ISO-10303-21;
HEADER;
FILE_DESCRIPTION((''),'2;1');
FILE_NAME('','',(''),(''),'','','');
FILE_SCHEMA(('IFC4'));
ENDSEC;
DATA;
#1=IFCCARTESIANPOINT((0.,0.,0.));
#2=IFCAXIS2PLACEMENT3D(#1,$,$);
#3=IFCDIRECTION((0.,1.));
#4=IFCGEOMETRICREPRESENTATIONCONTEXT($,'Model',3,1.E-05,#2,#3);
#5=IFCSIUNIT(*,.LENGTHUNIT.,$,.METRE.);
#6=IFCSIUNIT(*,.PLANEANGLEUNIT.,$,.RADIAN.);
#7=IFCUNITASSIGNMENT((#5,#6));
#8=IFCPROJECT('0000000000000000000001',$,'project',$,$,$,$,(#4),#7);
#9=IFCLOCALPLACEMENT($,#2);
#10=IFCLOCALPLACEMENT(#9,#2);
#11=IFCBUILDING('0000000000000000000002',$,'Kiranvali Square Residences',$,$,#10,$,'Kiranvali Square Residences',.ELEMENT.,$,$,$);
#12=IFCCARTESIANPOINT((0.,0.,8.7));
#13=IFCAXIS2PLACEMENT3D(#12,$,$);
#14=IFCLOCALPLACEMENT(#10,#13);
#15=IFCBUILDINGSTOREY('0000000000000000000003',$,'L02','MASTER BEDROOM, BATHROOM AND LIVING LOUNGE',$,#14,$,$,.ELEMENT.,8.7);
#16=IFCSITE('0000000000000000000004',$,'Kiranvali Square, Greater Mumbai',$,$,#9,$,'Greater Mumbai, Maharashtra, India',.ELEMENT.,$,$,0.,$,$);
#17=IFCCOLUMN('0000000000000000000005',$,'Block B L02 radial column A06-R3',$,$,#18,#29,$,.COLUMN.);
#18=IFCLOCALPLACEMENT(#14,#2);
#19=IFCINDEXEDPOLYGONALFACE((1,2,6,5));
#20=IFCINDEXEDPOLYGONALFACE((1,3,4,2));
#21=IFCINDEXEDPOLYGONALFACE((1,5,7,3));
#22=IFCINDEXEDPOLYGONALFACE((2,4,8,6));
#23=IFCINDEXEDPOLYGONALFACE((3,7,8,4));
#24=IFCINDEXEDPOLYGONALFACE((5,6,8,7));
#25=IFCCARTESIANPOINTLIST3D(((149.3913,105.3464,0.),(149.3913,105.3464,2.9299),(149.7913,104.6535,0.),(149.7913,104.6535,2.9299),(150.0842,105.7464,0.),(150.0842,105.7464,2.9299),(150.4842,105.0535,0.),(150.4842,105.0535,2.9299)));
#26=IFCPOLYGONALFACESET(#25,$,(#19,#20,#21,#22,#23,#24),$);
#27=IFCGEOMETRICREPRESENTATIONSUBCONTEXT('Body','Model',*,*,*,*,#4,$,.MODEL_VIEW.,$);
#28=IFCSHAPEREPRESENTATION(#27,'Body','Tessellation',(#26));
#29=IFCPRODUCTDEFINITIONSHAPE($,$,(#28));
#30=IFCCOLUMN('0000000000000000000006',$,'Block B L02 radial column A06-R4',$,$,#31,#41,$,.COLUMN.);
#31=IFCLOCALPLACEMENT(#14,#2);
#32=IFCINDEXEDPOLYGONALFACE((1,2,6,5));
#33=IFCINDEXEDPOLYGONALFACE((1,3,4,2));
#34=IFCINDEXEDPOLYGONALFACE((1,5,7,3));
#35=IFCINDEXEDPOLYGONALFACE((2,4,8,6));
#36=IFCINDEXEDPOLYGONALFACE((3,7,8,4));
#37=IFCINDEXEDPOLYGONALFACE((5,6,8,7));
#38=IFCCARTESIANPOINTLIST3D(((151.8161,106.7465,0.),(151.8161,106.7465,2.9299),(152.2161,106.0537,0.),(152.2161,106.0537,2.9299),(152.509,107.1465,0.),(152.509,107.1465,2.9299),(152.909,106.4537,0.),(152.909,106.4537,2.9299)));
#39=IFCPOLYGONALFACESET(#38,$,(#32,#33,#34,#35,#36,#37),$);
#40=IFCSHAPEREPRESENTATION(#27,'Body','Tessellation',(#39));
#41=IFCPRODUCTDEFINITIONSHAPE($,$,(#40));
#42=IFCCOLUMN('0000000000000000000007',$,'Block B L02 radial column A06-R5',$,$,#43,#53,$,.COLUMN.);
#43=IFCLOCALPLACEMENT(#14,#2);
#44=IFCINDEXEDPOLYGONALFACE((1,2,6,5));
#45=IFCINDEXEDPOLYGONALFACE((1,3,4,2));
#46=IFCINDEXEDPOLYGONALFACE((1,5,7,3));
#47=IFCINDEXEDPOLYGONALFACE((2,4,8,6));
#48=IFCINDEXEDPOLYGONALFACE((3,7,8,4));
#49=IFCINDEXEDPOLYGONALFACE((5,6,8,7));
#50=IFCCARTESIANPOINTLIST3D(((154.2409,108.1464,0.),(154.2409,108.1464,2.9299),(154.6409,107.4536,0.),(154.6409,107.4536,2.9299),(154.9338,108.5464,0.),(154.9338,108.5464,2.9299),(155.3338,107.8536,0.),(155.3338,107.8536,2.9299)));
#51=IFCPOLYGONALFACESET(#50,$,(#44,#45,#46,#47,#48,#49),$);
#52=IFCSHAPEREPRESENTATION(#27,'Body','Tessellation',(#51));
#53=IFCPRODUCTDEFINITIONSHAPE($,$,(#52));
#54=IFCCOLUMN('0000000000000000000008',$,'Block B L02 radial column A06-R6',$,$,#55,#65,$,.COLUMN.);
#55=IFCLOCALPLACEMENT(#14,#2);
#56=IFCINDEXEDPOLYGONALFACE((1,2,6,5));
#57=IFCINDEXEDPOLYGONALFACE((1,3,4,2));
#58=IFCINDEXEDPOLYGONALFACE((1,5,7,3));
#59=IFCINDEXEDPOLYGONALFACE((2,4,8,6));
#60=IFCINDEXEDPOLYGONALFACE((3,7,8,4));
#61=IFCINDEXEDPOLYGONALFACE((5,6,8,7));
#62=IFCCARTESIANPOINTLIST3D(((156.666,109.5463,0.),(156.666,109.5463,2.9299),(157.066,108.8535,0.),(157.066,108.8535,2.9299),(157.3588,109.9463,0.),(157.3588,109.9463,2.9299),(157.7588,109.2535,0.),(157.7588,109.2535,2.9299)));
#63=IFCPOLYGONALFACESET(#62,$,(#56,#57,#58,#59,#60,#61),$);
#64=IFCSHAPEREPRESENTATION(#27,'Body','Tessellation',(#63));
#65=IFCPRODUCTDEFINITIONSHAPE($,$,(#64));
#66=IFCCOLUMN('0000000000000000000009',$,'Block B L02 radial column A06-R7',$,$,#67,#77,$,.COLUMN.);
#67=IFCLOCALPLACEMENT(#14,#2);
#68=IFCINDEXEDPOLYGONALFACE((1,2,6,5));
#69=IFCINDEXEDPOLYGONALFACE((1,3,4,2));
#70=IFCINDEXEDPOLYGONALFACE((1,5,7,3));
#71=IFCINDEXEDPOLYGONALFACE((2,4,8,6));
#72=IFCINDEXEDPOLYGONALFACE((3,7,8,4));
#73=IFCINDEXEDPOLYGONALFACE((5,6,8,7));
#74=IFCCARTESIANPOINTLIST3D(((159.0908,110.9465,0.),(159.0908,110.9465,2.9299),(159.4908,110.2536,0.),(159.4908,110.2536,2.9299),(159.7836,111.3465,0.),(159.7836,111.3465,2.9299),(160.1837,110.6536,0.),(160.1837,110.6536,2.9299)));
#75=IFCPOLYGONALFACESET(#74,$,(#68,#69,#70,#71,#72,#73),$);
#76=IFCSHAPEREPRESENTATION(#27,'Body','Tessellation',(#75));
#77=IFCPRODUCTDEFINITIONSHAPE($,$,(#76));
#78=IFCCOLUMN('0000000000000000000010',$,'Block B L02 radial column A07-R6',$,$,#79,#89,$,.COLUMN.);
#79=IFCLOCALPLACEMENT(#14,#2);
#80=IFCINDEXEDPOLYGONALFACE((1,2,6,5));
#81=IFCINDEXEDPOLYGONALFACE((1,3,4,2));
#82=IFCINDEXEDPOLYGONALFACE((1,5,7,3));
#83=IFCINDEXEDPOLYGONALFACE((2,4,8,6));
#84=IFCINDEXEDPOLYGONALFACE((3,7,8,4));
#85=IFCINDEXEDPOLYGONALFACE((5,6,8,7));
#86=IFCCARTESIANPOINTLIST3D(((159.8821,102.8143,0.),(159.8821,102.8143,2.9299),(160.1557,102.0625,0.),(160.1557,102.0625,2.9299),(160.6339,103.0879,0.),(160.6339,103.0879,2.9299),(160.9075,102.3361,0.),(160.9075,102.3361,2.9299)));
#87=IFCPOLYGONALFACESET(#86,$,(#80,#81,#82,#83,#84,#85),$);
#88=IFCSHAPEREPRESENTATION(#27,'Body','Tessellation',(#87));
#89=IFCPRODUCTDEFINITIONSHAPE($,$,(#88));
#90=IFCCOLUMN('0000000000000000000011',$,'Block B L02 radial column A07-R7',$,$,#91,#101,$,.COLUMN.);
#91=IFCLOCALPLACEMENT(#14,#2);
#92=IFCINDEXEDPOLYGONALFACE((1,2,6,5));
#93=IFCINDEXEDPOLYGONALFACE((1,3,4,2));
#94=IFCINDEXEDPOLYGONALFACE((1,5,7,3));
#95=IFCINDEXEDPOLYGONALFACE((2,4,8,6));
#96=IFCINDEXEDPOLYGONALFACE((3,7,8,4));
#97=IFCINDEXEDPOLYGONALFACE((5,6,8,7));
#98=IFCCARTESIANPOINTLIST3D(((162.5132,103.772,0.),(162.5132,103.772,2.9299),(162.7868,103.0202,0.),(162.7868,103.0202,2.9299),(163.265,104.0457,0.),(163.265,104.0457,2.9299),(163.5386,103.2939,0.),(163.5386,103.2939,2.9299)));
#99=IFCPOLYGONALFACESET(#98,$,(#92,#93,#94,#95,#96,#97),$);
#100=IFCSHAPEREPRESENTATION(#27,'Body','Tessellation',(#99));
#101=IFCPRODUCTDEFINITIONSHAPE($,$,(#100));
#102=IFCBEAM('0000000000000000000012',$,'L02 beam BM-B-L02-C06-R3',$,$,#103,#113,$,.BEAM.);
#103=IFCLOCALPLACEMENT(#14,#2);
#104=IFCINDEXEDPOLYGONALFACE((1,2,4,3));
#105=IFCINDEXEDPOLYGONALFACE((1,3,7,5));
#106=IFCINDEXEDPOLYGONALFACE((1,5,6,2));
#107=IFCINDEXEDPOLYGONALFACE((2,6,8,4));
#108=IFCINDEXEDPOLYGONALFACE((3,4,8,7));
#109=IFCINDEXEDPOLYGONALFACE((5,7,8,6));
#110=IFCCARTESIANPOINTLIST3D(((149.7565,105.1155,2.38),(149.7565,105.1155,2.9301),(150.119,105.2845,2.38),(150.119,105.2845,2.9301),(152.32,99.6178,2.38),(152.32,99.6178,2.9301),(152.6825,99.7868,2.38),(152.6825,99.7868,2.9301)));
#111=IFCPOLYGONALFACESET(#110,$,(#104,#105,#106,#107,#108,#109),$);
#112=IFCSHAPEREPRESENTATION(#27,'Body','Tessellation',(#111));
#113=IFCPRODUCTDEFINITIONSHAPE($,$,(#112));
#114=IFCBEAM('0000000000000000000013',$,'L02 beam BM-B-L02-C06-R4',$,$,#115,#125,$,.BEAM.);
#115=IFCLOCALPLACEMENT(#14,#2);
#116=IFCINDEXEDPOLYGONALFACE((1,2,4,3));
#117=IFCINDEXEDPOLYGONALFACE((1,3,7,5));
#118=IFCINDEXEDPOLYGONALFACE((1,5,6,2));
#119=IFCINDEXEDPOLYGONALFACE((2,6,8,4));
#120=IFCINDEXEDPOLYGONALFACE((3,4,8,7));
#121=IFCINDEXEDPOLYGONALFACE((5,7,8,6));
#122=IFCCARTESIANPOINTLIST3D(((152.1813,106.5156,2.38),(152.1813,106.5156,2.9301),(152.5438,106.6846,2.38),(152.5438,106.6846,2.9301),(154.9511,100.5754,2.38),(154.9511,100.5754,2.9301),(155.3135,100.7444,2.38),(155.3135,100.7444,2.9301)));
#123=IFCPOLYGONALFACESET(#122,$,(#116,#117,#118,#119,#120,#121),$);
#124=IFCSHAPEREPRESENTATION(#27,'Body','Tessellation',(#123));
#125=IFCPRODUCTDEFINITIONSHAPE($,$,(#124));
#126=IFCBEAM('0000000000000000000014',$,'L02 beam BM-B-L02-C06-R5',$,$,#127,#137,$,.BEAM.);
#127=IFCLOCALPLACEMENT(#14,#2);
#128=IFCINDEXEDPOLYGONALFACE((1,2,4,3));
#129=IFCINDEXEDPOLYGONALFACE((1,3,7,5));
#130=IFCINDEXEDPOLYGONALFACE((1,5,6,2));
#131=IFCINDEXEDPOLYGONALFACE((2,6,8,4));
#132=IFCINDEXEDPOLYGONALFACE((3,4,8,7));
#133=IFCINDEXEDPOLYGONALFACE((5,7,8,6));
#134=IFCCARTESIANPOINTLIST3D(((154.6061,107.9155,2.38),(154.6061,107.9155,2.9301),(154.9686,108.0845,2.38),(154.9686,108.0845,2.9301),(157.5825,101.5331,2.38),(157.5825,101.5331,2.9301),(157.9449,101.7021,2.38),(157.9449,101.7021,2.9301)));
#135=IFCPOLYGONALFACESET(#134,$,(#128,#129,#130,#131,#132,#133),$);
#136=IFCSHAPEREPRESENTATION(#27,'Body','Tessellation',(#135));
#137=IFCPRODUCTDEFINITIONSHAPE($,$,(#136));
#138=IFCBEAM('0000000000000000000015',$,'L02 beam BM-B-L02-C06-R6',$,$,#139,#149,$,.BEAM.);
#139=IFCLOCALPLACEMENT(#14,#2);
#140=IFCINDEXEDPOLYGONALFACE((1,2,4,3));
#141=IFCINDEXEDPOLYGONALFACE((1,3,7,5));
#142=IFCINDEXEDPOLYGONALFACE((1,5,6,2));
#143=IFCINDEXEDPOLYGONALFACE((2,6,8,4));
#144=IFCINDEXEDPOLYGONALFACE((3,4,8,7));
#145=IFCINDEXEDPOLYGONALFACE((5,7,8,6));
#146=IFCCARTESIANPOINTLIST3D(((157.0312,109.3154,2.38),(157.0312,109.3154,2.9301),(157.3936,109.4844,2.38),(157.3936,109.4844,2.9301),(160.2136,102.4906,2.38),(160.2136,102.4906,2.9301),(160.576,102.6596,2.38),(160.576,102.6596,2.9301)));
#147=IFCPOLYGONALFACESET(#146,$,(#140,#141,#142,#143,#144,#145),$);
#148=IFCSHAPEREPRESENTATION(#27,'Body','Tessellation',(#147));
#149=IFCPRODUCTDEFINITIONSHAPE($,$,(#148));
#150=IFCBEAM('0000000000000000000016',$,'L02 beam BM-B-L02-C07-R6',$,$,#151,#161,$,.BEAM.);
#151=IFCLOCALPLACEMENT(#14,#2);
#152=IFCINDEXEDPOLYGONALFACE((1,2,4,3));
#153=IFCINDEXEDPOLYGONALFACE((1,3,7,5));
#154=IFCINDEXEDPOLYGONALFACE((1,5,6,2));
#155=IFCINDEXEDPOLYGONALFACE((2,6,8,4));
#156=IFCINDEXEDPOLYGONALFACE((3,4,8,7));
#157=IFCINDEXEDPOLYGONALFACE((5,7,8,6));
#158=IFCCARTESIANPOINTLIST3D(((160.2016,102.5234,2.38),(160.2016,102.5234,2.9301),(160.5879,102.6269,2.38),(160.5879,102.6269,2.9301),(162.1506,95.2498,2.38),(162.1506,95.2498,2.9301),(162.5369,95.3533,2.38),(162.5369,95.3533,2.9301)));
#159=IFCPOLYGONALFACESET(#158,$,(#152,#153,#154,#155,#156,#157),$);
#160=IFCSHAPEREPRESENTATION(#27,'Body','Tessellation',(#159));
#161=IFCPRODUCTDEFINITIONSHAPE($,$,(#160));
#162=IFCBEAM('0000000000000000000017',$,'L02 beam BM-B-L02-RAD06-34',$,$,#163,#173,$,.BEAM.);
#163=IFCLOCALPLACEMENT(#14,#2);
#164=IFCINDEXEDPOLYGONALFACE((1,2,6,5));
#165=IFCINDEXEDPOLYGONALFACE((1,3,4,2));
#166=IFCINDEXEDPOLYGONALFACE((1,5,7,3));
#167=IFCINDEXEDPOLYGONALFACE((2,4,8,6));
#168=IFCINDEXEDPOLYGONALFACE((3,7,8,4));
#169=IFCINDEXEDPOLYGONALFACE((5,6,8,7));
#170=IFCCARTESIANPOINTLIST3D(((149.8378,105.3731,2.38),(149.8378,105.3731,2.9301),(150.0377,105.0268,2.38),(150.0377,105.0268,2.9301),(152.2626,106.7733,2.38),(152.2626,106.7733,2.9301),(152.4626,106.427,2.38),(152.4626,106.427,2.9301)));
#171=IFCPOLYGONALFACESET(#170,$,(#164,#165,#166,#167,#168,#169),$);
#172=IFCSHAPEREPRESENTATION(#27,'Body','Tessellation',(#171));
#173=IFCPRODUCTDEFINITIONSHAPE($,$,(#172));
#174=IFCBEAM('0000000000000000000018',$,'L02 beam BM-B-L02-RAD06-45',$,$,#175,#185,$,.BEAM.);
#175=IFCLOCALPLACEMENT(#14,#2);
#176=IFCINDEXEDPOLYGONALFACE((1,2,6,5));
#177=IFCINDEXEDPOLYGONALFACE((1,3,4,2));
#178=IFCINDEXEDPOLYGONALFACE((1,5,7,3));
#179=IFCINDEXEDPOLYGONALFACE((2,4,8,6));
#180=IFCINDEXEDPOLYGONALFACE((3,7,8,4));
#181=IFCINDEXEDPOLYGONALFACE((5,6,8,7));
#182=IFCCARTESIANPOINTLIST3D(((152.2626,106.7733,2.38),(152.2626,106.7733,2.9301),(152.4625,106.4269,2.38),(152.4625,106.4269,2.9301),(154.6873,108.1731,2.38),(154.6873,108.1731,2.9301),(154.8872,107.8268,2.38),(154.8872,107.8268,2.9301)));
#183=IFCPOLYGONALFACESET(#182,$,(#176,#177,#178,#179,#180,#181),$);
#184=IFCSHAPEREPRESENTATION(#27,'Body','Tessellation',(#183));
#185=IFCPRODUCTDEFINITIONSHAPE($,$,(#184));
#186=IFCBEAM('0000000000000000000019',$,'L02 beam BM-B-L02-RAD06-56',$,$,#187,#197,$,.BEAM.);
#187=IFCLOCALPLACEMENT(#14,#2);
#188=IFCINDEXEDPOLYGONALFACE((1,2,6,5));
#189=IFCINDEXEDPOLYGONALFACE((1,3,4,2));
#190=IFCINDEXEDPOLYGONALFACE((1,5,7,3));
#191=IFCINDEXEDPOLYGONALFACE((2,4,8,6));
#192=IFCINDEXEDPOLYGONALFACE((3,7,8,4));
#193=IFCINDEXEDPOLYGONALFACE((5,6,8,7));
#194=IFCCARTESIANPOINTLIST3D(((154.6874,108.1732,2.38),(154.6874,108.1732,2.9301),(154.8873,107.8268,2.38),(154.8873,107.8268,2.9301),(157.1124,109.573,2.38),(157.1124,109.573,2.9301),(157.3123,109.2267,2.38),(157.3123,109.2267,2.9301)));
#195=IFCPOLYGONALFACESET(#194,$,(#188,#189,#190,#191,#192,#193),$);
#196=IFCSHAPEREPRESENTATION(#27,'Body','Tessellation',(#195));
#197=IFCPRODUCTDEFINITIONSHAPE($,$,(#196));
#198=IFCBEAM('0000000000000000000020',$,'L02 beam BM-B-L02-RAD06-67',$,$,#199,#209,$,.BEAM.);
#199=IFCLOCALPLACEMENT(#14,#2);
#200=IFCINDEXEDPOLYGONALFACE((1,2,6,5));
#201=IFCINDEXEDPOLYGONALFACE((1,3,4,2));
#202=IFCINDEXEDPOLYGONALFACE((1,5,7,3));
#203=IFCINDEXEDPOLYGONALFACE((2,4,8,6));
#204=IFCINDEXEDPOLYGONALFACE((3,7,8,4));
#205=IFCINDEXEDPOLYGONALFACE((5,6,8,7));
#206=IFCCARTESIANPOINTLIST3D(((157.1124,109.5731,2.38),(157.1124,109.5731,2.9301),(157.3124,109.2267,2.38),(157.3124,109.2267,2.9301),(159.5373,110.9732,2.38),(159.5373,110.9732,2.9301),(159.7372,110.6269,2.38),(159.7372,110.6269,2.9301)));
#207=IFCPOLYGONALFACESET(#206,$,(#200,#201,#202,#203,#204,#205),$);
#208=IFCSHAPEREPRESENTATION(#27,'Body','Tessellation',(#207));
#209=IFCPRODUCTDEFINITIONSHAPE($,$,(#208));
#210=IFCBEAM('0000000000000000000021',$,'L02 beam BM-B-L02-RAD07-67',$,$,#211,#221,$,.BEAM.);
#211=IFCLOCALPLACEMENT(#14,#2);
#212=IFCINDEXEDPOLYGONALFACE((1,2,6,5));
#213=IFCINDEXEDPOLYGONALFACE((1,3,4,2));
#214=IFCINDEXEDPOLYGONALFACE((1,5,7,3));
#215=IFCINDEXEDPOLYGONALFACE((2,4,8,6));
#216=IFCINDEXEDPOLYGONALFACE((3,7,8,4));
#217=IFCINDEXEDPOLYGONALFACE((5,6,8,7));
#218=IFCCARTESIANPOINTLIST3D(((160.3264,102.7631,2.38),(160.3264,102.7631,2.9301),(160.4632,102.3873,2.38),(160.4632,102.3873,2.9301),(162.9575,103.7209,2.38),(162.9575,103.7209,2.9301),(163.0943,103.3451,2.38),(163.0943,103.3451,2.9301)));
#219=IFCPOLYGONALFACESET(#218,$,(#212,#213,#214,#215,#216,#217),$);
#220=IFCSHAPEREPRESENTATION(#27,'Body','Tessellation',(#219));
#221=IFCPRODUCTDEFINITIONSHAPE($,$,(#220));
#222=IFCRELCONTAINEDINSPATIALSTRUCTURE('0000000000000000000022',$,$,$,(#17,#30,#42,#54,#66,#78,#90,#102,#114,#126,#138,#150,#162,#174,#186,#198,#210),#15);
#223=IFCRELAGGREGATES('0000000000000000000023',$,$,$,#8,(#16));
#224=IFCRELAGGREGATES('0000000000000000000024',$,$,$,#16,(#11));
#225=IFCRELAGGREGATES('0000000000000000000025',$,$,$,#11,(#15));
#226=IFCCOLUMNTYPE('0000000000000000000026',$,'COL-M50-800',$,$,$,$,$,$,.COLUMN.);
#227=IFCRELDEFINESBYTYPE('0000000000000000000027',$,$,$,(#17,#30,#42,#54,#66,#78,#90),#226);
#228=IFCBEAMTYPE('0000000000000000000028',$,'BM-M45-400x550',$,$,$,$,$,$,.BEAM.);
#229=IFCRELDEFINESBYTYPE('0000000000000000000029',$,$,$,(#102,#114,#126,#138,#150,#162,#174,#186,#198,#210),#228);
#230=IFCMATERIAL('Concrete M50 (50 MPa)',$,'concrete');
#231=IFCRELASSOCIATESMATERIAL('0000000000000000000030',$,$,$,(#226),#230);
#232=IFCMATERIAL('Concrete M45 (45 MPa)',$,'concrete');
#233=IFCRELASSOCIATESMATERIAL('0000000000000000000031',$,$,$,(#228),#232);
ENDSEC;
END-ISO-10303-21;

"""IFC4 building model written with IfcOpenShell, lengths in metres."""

from ifc_helpers import new_model, si_unit, direction, frame, origin, origin_2d, place, context, subcontext, project, spatial, rectangle, extrude, material, material_profile, profile_set, type_object, element, save


model = new_model("IFC4")

# Units and contexts
model_context = context("Model", 3, precision=1e-05, world=origin(), true_north=direction((0.0, 1.0)))
body_context = subcontext(model_context, "Body", "Model", "MODEL_VIEW")
ifc_project = project(units=[si_unit("LENGTHUNIT", "METRE"), si_unit("PLANEANGLEUNIT", "RADIAN")], contexts=[model_context])

# Site, building, storey
site_placement = place(None, origin())
site = spatial("IfcSite", under=ifc_project, at=site_placement, Name="Kiranvali Square, Greater Mumbai", LongName="Greater Mumbai, Maharashtra, India", CompositionType="ELEMENT", RefElevation=0.0)
building_placement = place(site_placement, origin())
building = spatial("IfcBuilding", under=site, at=building_placement, Name="Kiranvali Square Residences", LongName="Kiranvali Square Residences", CompositionType="ELEMENT")
storey_placement = place(building_placement, frame((0.0, 0.0, 8.7)))
storey = spatial("IfcBuildingStorey", under=building, at=storey_placement, Name="L02", Description="MASTER BEDROOM, BATHROOM AND LIVING LOUNGE", CompositionType="ELEMENT", Elevation=8.7)

# Columns
ifc_material_1 = material(Name="Concrete M50 (50 MPa)", Category="concrete")
ifc_material_profile_1 = material_profile(ifc_material_1, rectangle(XDim=0.8, YDim=0.8, at=origin_2d()), Name="RC 800x800")
ifc_profile_set_1 = profile_set([ifc_material_profile_1], Name="Concrete M50 (50 MPa)")
column_type = type_object("IfcColumnType", Name="COL-M50-800", PredefinedType="COLUMN", material=ifc_profile_set_1)
for number, where, z_axis, x_axis, name in (
    (1, (149.9377, 105.2, 0.0), (0.0, 0.0, 1.0), (-0.5, 0.866025, 0.0), "Block B L02 radial column A06-R3"),
    (2, (152.3625, 106.6001, 0.0), (0.0, 0.0, 1.0), (-0.5, 0.866025, 0.0), "Block B L02 radial column A06-R4"),
    (3, (154.7874, 108.0, 0.0), (0.0, 0.0, 1.0), (-0.5, 0.866025, 0.0), "Block B L02 radial column A06-R5"),
    (4, (157.2124, 109.3999, 0.0), (0.0, 0.0, 1.0), (-0.5, 0.866025, 0.0), "Block B L02 radial column A06-R6"),
    (5, (159.6372, 110.8, 0.0), (0.0, 0.0, 1.0), (-0.5, 0.866025, 0.0), "Block B L02 radial column A06-R7"),
    (6, (160.3948, 102.5752, 0.0), (0.0, 0.0, 1.0), (-0.34202, 0.939693, 0.0), "Block B L02 radial column A07-R6"),
    (7, (163.0259, 103.533, 0.0), (0.0, 0.0, 1.0), (-0.34202, 0.939693, 0.0), "Block B L02 radial column A07-R7"),
):
    element("IfcColumn", number, at=place(storey_placement, frame(where, z_axis=z_axis, x_axis=x_axis)), inside=storey, type_object=column_type, Name=name, PredefinedType="COLUMN", context=body_context, shape_type="SweptSolid", body=[
        extrude(rectangle(XDim=0.8, YDim=0.8, at=origin_2d()), origin(), (0.0, 0.0, 1.0), 2.9299),
    ])

# Beams
ifc_material_2 = material(Name="Concrete M45 (45 MPa)", Category="concrete")
ifc_material_profile_2 = material_profile(ifc_material_2, rectangle(XDim=0.3999, YDim=0.55, at=origin_2d()), Name="RC 400x550")
ifc_profile_set_2 = profile_set([ifc_material_profile_2], Name="Concrete M45 (45 MPa)")
beam_type_1 = type_object("IfcBeamType", Name="BM-M45-400x550", PredefinedType="BEAM", material=ifc_profile_set_2)
beam_1_placement = place(storey_placement, frame((149.9377, 105.2, 2.655), z_axis=(0.422608, -0.906313, 0.0), x_axis=(0.906313, 0.422608, 0.0)))
element("IfcBeam", 8, at=beam_1_placement, inside=storey, type_object=beam_type_1, Name="L02 beam BM-B-L02-C06-R3", PredefinedType="BEAM", context=body_context, shape_type="SweptSolid", body=[
    extrude(rectangle(XDim=0.3999, YDim=0.55, at=origin_2d()), origin(), (0.0, 0.0, 1.0), 6.0659),
])
beam_2_placement = place(storey_placement, frame((152.3625, 106.6001, 2.655), z_axis=(0.422596, -0.906318, 0.0), x_axis=(0.906318, 0.422596, 0.0)))
element("IfcBeam", 9, at=beam_2_placement, inside=storey, type_object=beam_type_1, Name="L02 beam BM-B-L02-C06-R4", PredefinedType="BEAM", context=body_context, shape_type="SweptSolid", body=[
    extrude(rectangle(XDim=0.3999, YDim=0.55, at=origin_2d()), origin(), (0.0, 0.0, 1.0), 6.5542),
])
beam_3_placement = place(storey_placement, frame((154.7874, 108.0, 2.655), z_axis=(0.422641, -0.906297, 0.0), x_axis=(0.906297, 0.422641, 0.0)))
element("IfcBeam", 10, at=beam_3_placement, inside=storey, type_object=beam_type_1, Name="L02 beam BM-B-L02-C06-R5", PredefinedType="BEAM", context=body_context, shape_type="SweptSolid", body=[
    extrude(rectangle(XDim=0.3999, YDim=0.55, at=origin_2d()), origin(), (0.0, 0.0, 1.0), 7.0422),
])
for number, where, z_axis, x_axis, name in (
    (11, (157.2124, 109.3999, 2.655), (0.422614, -0.90631, 0.0), (0.90631, 0.422614, 0.0), "L02 beam BM-B-L02-C06-R6"),
    (12, (160.3948, 102.5752, 2.655), (0.258819, -0.965926, 0.0), (0.965926, 0.258819, 0.0), "L02 beam BM-B-L02-C07-R6"),
):
    element("IfcBeam", number, at=place(storey_placement, frame(where, z_axis=z_axis, x_axis=x_axis)), inside=storey, type_object=beam_type_1, Name=name, PredefinedType="BEAM", context=body_context, shape_type="SweptSolid", body=[
        extrude(rectangle(XDim=0.3999, YDim=0.55, at=origin_2d()), origin(), (0.0, 0.0, 1.0), 7.5303),
    ])
beam_4_placement = place(storey_placement, frame((149.9377, 105.2, 2.655), z_axis=(0.865997, 0.50005, 0.0), x_axis=(-0.50005, 0.865997, 0.0)))
element("IfcBeam", 13, at=beam_4_placement, inside=storey, type_object=beam_type_1, Name="L02 beam BM-B-L02-RAD06-34", PredefinedType="BEAM", context=body_context, shape_type="SweptSolid", body=[
    extrude(rectangle(XDim=0.3999, YDim=0.55, at=origin_2d()), origin(), (0.0, 0.0, 1.0), 2.8),
])
beam_5_placement = place(storey_placement, frame((152.3625, 106.6001, 2.655), z_axis=(0.866035, 0.499984, 0.0), x_axis=(-0.499984, 0.866035, 0.0)))
element("IfcBeam", 14, at=beam_5_placement, inside=storey, type_object=beam_type_1, Name="L02 beam BM-B-L02-RAD06-45", PredefinedType="BEAM", context=body_context, shape_type="SweptSolid", body=[
    extrude(rectangle(XDim=0.3999, YDim=0.55, at=origin_2d()), origin(), (0.0, 0.0, 1.0), 2.7998),
])
for number, where, z_axis, x_axis, name in (
    (15, (154.7874, 108.0, 2.655), (0.866056, 0.499946, 0.0), (-0.499946, 0.866056, 0.0), "L02 beam BM-B-L02-RAD06-56"),
    (16, (157.2124, 109.3999, 2.655), (0.865997, 0.50005, 0.0), (-0.50005, 0.865997, 0.0), "L02 beam BM-B-L02-RAD06-67"),
    (17, (160.3948, 102.5752, 2.655), (0.939679, 0.342058, 0.0), (-0.342058, 0.939679, 0.0), "L02 beam BM-B-L02-RAD07-67"),
):
    element("IfcBeam", number, at=place(storey_placement, frame(where, z_axis=z_axis, x_axis=x_axis)), inside=storey, type_object=beam_type_1, Name=name, PredefinedType="BEAM", context=body_context, shape_type="SweptSolid", body=[
        extrude(rectangle(XDim=0.3999, YDim=0.55, at=origin_2d()), origin(), (0.0, 0.0, 1.0), 2.8),
    ])

save(model, "model.ifc")
